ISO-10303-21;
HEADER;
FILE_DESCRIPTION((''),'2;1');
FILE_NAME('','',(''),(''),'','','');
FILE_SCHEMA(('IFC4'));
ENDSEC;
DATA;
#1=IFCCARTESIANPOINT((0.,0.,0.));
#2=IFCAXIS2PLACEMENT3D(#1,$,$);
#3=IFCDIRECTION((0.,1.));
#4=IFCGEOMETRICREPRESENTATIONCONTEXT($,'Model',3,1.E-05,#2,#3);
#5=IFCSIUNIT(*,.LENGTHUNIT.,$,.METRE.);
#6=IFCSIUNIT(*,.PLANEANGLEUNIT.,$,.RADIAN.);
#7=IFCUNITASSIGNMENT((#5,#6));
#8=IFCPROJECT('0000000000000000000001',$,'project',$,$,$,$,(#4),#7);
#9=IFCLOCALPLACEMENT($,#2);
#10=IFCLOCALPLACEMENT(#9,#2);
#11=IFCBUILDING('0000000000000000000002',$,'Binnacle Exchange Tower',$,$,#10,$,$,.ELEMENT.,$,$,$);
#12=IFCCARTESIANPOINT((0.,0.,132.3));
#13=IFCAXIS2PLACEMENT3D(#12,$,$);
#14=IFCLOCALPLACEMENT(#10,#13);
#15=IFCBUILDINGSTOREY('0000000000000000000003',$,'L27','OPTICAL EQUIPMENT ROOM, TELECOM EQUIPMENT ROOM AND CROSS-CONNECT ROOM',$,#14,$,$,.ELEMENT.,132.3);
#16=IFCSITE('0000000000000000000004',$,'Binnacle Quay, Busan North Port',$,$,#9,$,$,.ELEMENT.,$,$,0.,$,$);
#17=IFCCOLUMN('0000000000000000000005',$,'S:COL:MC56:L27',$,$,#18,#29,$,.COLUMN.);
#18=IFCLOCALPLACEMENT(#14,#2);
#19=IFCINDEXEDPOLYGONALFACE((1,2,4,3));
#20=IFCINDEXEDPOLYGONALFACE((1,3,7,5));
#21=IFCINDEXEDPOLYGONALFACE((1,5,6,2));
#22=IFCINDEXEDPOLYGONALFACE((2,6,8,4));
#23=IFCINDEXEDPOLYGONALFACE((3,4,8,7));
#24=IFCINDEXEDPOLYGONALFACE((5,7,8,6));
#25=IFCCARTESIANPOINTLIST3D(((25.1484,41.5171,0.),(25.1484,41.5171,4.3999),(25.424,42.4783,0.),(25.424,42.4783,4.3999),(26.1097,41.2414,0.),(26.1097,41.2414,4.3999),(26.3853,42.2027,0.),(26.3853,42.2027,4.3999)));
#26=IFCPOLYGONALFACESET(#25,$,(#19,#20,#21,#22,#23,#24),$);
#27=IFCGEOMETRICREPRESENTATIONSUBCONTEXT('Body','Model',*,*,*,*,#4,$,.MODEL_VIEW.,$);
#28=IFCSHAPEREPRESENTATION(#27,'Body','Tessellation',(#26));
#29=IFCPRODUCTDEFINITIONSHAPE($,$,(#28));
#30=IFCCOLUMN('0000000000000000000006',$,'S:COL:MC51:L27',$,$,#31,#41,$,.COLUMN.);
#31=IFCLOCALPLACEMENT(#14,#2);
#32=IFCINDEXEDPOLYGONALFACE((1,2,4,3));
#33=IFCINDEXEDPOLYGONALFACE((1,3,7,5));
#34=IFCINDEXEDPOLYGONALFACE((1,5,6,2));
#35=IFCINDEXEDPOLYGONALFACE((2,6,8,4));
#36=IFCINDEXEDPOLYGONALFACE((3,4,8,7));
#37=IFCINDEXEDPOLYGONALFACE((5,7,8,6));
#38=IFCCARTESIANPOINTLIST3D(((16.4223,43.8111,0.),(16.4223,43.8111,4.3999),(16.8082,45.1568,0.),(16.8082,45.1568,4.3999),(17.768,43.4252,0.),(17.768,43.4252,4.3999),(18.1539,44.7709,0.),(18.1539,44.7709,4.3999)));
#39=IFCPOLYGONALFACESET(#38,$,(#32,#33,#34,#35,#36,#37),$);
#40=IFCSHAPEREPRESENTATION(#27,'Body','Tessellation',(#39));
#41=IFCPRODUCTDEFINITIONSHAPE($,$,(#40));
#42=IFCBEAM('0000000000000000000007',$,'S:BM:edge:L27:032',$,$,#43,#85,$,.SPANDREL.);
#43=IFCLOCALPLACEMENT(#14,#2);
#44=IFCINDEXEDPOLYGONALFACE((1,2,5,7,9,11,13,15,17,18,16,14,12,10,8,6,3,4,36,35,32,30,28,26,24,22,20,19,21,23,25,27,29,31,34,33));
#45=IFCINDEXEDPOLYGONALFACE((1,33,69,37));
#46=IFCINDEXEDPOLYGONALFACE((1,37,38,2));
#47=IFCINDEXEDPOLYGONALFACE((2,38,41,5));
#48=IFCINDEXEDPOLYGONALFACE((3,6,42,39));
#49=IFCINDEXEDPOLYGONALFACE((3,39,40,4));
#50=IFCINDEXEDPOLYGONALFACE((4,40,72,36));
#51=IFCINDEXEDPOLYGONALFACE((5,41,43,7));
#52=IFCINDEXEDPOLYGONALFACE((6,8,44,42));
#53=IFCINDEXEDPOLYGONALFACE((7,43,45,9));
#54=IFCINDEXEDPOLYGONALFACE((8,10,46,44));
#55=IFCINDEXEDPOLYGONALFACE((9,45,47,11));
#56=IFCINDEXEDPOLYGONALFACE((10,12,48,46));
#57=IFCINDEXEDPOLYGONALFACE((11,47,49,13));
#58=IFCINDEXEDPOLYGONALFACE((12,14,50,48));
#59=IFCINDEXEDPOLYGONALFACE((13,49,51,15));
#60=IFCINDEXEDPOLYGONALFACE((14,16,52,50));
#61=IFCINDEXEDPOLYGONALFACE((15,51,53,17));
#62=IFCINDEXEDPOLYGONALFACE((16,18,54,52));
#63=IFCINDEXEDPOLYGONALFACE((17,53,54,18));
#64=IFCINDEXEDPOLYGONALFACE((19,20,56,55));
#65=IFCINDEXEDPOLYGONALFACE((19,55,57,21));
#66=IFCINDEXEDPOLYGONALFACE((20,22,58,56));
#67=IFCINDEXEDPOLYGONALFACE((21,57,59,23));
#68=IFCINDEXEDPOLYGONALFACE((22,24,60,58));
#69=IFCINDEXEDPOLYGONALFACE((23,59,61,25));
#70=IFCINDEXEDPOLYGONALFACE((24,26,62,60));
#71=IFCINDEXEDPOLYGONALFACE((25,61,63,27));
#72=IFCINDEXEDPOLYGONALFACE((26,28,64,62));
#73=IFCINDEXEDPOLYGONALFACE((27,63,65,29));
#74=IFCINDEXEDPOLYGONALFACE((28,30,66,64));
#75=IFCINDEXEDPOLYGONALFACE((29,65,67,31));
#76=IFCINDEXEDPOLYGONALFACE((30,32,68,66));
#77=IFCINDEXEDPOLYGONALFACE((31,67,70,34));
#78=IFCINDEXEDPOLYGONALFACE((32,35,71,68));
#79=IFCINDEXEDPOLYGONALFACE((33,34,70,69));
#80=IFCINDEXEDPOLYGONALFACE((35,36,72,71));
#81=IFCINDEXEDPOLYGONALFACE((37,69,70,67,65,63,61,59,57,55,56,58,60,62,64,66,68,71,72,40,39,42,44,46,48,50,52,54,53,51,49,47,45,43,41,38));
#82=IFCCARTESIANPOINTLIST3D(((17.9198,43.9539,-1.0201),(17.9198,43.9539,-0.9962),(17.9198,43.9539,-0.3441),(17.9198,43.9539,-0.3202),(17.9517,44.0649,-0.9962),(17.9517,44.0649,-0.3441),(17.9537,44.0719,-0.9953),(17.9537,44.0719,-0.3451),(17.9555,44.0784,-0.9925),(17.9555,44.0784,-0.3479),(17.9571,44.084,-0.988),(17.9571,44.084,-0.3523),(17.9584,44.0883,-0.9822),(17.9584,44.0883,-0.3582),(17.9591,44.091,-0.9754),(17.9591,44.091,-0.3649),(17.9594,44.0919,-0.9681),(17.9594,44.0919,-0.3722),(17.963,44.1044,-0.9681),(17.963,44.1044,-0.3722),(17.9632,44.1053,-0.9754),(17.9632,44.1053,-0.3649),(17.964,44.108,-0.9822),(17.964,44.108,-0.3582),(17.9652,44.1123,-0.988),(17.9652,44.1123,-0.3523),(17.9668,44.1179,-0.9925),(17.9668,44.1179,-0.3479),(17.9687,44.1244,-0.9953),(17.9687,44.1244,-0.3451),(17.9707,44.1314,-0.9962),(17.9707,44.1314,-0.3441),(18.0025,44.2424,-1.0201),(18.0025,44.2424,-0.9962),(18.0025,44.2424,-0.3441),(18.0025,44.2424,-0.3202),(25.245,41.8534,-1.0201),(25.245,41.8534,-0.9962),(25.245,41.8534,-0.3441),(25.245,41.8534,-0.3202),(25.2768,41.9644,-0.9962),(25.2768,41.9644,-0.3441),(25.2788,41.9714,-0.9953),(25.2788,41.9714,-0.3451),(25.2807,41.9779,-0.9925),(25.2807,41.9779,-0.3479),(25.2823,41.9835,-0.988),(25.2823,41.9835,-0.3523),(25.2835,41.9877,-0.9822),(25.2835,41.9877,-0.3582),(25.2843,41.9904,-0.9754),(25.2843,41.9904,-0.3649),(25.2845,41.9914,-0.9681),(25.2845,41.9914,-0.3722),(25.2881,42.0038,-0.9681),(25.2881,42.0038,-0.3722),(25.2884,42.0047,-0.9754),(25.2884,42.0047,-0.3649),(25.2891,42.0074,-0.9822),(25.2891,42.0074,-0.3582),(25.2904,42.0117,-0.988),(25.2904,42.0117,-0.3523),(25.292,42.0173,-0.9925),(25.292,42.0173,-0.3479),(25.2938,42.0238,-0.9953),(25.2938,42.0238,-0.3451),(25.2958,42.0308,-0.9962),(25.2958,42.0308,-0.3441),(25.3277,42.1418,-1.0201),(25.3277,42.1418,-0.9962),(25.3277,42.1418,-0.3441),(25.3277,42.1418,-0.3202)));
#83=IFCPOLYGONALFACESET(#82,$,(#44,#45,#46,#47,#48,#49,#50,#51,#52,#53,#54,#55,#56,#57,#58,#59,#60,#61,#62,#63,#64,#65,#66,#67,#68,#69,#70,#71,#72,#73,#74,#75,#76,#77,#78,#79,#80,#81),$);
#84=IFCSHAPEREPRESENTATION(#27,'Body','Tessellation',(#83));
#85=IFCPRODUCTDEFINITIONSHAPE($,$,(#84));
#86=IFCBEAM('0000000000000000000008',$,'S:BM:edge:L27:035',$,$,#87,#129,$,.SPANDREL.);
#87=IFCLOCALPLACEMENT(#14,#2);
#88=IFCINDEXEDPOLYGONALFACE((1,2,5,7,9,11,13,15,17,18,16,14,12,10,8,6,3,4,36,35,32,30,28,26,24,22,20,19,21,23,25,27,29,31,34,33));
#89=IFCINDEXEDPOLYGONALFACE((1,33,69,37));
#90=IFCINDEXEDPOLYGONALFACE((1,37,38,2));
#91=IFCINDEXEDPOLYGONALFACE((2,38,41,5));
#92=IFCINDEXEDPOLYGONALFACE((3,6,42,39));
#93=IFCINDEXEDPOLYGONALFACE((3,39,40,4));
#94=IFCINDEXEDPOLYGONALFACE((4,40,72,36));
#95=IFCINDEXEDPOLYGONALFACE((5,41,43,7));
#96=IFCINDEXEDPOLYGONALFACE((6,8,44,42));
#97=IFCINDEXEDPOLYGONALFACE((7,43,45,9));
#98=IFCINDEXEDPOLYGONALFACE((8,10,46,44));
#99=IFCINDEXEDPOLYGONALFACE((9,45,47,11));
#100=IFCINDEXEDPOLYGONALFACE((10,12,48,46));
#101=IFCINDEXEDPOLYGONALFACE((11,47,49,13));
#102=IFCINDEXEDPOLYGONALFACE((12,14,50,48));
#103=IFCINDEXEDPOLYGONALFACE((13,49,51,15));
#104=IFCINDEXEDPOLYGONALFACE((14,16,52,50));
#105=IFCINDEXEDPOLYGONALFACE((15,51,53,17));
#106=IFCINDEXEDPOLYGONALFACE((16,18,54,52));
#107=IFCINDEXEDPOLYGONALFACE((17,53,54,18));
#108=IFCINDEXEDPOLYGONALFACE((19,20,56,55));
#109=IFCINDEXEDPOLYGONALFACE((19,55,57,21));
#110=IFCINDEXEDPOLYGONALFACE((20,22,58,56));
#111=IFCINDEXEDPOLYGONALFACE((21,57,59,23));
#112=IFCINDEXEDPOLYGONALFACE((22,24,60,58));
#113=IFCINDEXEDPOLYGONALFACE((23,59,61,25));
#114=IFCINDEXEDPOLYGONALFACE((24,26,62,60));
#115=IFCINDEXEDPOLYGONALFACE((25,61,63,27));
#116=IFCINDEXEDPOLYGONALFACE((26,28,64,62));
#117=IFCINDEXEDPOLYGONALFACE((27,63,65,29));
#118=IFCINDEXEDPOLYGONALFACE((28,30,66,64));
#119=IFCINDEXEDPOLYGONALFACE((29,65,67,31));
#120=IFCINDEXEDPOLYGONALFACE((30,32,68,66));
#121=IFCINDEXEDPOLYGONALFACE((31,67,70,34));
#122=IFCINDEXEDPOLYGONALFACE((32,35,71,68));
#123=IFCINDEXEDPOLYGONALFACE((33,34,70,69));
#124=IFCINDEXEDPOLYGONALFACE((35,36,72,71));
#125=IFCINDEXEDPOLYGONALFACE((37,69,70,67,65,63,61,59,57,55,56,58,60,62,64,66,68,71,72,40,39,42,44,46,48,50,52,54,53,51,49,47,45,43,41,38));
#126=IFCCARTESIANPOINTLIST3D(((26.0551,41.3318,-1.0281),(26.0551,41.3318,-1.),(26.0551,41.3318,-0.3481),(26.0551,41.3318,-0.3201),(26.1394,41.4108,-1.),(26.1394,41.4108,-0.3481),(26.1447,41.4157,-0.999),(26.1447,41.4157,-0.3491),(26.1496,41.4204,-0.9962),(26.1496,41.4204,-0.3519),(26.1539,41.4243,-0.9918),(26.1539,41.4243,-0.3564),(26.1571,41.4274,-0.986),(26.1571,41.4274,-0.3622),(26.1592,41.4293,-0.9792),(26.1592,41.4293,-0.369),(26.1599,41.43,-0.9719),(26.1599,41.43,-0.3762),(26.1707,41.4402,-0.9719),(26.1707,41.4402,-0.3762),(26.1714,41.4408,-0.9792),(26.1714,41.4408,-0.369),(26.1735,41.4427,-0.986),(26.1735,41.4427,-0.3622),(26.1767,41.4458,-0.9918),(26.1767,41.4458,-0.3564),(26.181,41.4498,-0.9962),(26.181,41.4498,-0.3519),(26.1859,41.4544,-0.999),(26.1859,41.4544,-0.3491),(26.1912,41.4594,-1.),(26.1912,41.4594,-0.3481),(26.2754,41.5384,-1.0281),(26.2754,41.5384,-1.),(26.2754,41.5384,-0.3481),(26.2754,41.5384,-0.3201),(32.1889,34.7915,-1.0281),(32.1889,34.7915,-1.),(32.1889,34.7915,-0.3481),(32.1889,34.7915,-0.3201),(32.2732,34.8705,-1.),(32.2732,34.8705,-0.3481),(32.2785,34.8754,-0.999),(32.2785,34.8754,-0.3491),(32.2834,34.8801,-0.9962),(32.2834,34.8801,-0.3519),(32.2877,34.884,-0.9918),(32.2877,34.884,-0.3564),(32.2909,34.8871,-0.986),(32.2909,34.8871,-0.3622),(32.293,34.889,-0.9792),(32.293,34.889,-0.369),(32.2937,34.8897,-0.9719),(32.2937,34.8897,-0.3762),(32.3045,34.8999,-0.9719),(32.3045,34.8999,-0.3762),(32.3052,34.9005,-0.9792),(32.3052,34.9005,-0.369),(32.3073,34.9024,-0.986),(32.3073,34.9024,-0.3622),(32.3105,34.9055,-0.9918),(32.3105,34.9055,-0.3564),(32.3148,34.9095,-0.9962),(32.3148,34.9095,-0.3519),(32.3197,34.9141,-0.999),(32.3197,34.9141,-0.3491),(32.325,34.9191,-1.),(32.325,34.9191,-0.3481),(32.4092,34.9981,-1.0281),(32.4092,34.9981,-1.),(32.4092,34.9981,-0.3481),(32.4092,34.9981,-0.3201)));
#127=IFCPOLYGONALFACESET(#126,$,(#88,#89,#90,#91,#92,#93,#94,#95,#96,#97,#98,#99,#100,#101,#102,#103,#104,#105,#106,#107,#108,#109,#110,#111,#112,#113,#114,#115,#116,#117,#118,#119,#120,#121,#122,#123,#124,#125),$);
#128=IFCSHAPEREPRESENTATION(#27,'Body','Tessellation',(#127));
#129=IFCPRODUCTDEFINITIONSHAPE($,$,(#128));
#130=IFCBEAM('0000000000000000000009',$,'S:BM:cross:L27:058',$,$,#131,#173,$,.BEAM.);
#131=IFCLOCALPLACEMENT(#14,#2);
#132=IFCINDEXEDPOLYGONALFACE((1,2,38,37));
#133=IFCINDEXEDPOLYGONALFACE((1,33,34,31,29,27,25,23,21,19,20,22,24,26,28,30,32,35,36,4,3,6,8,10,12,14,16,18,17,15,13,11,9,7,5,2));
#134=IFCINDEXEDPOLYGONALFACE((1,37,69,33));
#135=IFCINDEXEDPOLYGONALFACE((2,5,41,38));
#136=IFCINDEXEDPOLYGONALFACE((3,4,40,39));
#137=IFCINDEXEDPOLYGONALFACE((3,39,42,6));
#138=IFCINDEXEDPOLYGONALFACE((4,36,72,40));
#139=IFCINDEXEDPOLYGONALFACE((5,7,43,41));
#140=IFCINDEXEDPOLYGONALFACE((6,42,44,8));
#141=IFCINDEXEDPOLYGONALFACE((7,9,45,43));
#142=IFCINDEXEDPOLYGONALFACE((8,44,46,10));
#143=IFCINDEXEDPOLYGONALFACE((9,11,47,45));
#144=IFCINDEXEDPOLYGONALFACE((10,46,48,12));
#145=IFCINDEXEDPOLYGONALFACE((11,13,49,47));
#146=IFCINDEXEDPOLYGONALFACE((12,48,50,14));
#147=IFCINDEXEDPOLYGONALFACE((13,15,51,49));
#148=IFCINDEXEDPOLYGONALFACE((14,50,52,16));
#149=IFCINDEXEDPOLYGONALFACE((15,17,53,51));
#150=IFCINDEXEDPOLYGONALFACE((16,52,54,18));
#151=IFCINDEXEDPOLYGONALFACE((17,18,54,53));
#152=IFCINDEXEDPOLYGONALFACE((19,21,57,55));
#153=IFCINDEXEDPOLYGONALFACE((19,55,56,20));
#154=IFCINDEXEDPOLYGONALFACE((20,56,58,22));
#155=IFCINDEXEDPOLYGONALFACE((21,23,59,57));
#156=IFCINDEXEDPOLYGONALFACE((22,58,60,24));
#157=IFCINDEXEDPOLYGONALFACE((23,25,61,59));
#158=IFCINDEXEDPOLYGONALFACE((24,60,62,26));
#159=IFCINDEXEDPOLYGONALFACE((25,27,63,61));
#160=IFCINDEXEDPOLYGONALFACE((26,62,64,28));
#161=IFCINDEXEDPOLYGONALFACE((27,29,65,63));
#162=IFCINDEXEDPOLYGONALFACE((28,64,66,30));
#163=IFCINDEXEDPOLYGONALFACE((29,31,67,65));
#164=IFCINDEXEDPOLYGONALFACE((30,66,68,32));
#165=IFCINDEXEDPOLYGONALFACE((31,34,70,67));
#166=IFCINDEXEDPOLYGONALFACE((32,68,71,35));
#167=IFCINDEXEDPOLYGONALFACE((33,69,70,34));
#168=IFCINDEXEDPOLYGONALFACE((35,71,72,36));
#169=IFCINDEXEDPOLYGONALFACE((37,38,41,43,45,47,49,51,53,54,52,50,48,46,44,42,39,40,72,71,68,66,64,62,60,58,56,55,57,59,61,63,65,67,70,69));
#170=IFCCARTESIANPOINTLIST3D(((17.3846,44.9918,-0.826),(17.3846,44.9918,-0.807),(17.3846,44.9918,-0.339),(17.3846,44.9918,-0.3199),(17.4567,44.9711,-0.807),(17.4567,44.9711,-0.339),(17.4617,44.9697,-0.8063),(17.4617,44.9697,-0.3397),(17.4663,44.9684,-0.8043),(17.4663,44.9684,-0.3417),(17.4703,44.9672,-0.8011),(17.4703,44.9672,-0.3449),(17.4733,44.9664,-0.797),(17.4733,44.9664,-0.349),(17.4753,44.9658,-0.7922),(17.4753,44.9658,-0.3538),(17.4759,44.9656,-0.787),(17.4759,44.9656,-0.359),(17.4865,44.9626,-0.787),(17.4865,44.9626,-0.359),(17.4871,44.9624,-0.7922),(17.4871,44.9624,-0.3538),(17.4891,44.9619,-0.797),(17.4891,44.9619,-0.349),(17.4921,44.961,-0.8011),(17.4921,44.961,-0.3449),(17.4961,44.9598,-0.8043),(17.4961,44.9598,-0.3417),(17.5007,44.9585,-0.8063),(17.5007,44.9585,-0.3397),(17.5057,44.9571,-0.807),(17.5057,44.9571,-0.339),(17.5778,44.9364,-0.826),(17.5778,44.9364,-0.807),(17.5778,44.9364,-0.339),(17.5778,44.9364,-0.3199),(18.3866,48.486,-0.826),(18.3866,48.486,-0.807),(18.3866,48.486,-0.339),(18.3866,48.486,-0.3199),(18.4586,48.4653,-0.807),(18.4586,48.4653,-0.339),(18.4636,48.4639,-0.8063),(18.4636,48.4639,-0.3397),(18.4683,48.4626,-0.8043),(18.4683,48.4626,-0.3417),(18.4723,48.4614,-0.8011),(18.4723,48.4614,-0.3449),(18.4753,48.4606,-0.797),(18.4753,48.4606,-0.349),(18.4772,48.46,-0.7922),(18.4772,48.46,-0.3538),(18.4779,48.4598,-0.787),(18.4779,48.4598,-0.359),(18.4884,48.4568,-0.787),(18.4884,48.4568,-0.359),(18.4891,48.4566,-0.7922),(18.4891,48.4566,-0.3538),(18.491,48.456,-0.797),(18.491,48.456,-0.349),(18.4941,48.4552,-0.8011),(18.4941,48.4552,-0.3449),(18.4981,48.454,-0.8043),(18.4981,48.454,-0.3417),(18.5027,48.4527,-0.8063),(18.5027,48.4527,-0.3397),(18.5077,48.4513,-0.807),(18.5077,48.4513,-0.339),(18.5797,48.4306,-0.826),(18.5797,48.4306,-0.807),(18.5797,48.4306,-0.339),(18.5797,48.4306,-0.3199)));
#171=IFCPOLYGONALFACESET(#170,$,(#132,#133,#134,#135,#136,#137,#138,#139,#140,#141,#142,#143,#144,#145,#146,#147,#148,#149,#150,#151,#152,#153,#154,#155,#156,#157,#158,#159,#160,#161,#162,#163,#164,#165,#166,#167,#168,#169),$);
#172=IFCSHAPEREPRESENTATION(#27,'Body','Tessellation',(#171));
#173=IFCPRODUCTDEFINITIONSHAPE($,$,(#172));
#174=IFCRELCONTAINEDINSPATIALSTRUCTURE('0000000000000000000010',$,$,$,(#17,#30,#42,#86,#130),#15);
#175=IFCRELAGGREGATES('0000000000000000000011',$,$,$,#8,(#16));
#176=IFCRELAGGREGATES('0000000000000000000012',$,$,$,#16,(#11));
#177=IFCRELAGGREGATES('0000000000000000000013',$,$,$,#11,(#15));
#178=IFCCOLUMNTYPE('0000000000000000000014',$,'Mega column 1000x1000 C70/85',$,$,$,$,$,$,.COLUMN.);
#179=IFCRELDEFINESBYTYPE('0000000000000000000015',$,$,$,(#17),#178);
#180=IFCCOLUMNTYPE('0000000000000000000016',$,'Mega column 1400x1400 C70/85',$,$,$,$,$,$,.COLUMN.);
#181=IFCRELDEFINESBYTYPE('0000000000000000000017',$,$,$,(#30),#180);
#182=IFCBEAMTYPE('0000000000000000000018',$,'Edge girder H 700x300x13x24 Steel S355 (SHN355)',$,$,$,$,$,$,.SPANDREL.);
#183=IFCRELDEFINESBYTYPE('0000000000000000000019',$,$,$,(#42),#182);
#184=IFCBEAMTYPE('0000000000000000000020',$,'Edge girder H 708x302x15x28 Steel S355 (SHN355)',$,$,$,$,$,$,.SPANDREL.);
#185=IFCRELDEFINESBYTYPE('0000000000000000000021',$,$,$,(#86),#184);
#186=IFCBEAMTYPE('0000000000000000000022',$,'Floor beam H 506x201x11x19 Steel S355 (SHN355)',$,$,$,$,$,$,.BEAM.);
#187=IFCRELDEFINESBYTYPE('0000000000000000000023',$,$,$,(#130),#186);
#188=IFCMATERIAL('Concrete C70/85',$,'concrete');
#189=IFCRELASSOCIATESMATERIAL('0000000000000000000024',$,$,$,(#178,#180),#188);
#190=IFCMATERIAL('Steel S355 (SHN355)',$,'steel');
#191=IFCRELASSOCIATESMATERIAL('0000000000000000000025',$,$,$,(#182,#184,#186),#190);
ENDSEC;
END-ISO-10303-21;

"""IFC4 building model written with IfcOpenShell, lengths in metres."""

from ifc_helpers import new_model, si_unit, direction, frame, origin, origin_2d, place, context, subcontext, project, spatial, rectangle, i_section, extrude, material, material_profile, profile_set, type_object, element, save


model = new_model("IFC4")

# Units and contexts
model_context = context("Model", 3, precision=1e-05, world=origin(), true_north=direction((0.0, 1.0)))
body_context = subcontext(model_context, "Body", "Model", "MODEL_VIEW")
ifc_project = project(units=[si_unit("LENGTHUNIT", "METRE"), si_unit("PLANEANGLEUNIT", "RADIAN")], contexts=[model_context])

# Site, building, storey
site_placement = place(None, origin())
site = spatial("IfcSite", under=ifc_project, at=site_placement, Name="Binnacle Quay, Busan North Port", CompositionType="ELEMENT", RefElevation=0.0)
building_placement = place(site_placement, origin())
building = spatial("IfcBuilding", under=site, at=building_placement, Name="Binnacle Exchange Tower", CompositionType="ELEMENT")
storey_placement = place(building_placement, frame((0.0, 0.0, 132.3)))
storey = spatial("IfcBuildingStorey", under=building, at=storey_placement, Name="L27", Description="OPTICAL EQUIPMENT ROOM, TELECOM EQUIPMENT ROOM AND CROSS-CONNECT ROOM", CompositionType="ELEMENT", Elevation=132.3)

# Columns
ifc_material_1 = material(Name="Concrete C70/85", Category="concrete")
ifc_material_profile_1 = material_profile(ifc_material_1, rectangle(XDim=1.0, YDim=1.0, at=origin_2d()), Name="Mega column 1000x1000 C70/85")
ifc_profile_set_1 = profile_set([ifc_material_profile_1], Name="Concrete C70/85")
column_type_1 = type_object("IfcColumnType", Name="Mega column 1000x1000 C70/85", PredefinedType="COLUMN", material=ifc_profile_set_1)
column_1_placement = place(storey_placement, frame((25.7668, 41.8599, 0.0), z_axis=(0.0, 0.0, 1.0), x_axis=(0.961262, -0.275637, 0.0)))
element("IfcColumn", 1, at=column_1_placement, inside=storey, type_object=column_type_1, Name="S:COL:MC56:L27", PredefinedType="COLUMN", context=body_context, shape_type="SweptSolid", body=[
    extrude(rectangle(XDim=1.0, YDim=1.0, at=origin_2d()), origin(), (0.0, 0.0, 1.0), 4.3999),
])
ifc_material_profile_2 = material_profile(ifc_material_1, rectangle(XDim=1.3999, YDim=1.3999, at=origin_2d()), Name="Mega column 1400x1400 C70/85")
ifc_profile_set_2 = profile_set([ifc_material_profile_2], Name="Concrete C70/85")
column_type_2 = type_object("IfcColumnType", Name="Mega column 1400x1400 C70/85", PredefinedType="COLUMN", material=ifc_profile_set_2)
column_2_placement = place(storey_placement, frame((17.2881, 44.291, 0.0), z_axis=(0.0, 0.0, 1.0), x_axis=(0.961262, -0.275637, 0.0)))
element("IfcColumn", 2, at=column_2_placement, inside=storey, type_object=column_type_2, Name="S:COL:MC51:L27", PredefinedType="COLUMN", context=body_context, shape_type="SweptSolid", body=[
    extrude(rectangle(XDim=1.3999, YDim=1.3999, at=origin_2d()), origin(), (0.0, 0.0, 1.0), 4.3999),
])

# Beams
ifc_material_2 = material(Name="Steel S355 (SHN355)", Category="steel")
ifc_material_profile_3 = material_profile(ifc_material_2, i_section(OverallWidth=0.3, OverallDepth=0.7, WebThickness=0.0129, FlangeThickness=0.0239, FilletRadius=0.0281, at=origin_2d()), Name="H 700x300x13x24")
ifc_profile_set_3 = profile_set([ifc_material_profile_3], Name="Steel S355 (SHN355)")
beam_type_1 = type_object("IfcBeamType", Name="Edge girder H 700x300x13x24 Steel S355 (SHN355)", PredefinedType="SPANDREL", material=ifc_profile_set_3)
beam_1_placement = place(storey_placement, frame((17.9612, 44.0981, -0.6702), z_axis=(0.961258, -0.275652, 0.0), x_axis=(0.275652, 0.961258, 0.0)))
element("IfcBeam", 3, at=beam_1_placement, inside=storey, type_object=beam_type_1, Name="S:BM:edge:L27:032", PredefinedType="SPANDREL", context=body_context, shape_type="SweptSolid", body=[
    extrude(i_section(OverallWidth=0.3, OverallDepth=0.7, WebThickness=0.0129, FlangeThickness=0.0239, FilletRadius=0.0281, at=origin_2d()), origin(), (0.0, 0.0, 1.0), 7.6204),
])
ifc_material_profile_4 = material_profile(ifc_material_2, i_section(OverallWidth=0.302, OverallDepth=0.708, WebThickness=0.0149, FlangeThickness=0.0281, FilletRadius=0.0281, at=origin_2d()), Name="H 708x302x15x28")
ifc_profile_set_4 = profile_set([ifc_material_profile_4], Name="Steel S355 (SHN355)")
beam_type_2 = type_object("IfcBeamType", Name="Edge girder H 708x302x15x28 Steel S355 (SHN355)", PredefinedType="SPANDREL", material=ifc_profile_set_4)
beam_2_placement = place(storey_placement, frame((26.1653, 41.4351, -0.6741), z_axis=(0.684076, -0.729411, 0.0), x_axis=(0.729411, 0.684076, 0.0)))
element("IfcBeam", 4, at=beam_2_placement, inside=storey, type_object=beam_type_2, Name="S:BM:edge:L27:035", PredefinedType="SPANDREL", context=body_context, shape_type="SweptSolid", body=[
    extrude(i_section(OverallWidth=0.302, OverallDepth=0.708, WebThickness=0.0149, FlangeThickness=0.0281, FilletRadius=0.0281, at=origin_2d()), origin(), (0.0, 0.0, 1.0), 8.9666),
])
ifc_material_profile_5 = material_profile(ifc_material_2, i_section(OverallWidth=0.2009, OverallDepth=0.5061, WebThickness=0.011, FlangeThickness=0.019, FilletRadius=0.02, at=origin_2d()), Name="H 506x201x11x19")
ifc_profile_set_5 = profile_set([ifc_material_profile_5], Name="Steel S355 (SHN355)")
beam_type_3 = type_object("IfcBeamType", Name="Floor beam H 506x201x11x19 Steel S355 (SHN355)", PredefinedType="BEAM", material=ifc_profile_set_5)
beam_3_placement = place(storey_placement, frame((17.4812, 44.9641, -0.573), z_axis=(0.275644, 0.96126, 0.0), x_axis=(-0.96126, 0.275644, 0.0)))
element("IfcBeam", 5, at=beam_3_placement, inside=storey, type_object=beam_type_3, Name="S:BM:cross:L27:058", PredefinedType="BEAM", context=body_context, shape_type="SweptSolid", body=[
    extrude(i_section(OverallWidth=0.2009, OverallDepth=0.5061, WebThickness=0.011, FlangeThickness=0.019, FilletRadius=0.02, at=origin_2d()), origin(), (0.0, 0.0, 1.0), 3.635),
])

save(model, "model.ifc")
